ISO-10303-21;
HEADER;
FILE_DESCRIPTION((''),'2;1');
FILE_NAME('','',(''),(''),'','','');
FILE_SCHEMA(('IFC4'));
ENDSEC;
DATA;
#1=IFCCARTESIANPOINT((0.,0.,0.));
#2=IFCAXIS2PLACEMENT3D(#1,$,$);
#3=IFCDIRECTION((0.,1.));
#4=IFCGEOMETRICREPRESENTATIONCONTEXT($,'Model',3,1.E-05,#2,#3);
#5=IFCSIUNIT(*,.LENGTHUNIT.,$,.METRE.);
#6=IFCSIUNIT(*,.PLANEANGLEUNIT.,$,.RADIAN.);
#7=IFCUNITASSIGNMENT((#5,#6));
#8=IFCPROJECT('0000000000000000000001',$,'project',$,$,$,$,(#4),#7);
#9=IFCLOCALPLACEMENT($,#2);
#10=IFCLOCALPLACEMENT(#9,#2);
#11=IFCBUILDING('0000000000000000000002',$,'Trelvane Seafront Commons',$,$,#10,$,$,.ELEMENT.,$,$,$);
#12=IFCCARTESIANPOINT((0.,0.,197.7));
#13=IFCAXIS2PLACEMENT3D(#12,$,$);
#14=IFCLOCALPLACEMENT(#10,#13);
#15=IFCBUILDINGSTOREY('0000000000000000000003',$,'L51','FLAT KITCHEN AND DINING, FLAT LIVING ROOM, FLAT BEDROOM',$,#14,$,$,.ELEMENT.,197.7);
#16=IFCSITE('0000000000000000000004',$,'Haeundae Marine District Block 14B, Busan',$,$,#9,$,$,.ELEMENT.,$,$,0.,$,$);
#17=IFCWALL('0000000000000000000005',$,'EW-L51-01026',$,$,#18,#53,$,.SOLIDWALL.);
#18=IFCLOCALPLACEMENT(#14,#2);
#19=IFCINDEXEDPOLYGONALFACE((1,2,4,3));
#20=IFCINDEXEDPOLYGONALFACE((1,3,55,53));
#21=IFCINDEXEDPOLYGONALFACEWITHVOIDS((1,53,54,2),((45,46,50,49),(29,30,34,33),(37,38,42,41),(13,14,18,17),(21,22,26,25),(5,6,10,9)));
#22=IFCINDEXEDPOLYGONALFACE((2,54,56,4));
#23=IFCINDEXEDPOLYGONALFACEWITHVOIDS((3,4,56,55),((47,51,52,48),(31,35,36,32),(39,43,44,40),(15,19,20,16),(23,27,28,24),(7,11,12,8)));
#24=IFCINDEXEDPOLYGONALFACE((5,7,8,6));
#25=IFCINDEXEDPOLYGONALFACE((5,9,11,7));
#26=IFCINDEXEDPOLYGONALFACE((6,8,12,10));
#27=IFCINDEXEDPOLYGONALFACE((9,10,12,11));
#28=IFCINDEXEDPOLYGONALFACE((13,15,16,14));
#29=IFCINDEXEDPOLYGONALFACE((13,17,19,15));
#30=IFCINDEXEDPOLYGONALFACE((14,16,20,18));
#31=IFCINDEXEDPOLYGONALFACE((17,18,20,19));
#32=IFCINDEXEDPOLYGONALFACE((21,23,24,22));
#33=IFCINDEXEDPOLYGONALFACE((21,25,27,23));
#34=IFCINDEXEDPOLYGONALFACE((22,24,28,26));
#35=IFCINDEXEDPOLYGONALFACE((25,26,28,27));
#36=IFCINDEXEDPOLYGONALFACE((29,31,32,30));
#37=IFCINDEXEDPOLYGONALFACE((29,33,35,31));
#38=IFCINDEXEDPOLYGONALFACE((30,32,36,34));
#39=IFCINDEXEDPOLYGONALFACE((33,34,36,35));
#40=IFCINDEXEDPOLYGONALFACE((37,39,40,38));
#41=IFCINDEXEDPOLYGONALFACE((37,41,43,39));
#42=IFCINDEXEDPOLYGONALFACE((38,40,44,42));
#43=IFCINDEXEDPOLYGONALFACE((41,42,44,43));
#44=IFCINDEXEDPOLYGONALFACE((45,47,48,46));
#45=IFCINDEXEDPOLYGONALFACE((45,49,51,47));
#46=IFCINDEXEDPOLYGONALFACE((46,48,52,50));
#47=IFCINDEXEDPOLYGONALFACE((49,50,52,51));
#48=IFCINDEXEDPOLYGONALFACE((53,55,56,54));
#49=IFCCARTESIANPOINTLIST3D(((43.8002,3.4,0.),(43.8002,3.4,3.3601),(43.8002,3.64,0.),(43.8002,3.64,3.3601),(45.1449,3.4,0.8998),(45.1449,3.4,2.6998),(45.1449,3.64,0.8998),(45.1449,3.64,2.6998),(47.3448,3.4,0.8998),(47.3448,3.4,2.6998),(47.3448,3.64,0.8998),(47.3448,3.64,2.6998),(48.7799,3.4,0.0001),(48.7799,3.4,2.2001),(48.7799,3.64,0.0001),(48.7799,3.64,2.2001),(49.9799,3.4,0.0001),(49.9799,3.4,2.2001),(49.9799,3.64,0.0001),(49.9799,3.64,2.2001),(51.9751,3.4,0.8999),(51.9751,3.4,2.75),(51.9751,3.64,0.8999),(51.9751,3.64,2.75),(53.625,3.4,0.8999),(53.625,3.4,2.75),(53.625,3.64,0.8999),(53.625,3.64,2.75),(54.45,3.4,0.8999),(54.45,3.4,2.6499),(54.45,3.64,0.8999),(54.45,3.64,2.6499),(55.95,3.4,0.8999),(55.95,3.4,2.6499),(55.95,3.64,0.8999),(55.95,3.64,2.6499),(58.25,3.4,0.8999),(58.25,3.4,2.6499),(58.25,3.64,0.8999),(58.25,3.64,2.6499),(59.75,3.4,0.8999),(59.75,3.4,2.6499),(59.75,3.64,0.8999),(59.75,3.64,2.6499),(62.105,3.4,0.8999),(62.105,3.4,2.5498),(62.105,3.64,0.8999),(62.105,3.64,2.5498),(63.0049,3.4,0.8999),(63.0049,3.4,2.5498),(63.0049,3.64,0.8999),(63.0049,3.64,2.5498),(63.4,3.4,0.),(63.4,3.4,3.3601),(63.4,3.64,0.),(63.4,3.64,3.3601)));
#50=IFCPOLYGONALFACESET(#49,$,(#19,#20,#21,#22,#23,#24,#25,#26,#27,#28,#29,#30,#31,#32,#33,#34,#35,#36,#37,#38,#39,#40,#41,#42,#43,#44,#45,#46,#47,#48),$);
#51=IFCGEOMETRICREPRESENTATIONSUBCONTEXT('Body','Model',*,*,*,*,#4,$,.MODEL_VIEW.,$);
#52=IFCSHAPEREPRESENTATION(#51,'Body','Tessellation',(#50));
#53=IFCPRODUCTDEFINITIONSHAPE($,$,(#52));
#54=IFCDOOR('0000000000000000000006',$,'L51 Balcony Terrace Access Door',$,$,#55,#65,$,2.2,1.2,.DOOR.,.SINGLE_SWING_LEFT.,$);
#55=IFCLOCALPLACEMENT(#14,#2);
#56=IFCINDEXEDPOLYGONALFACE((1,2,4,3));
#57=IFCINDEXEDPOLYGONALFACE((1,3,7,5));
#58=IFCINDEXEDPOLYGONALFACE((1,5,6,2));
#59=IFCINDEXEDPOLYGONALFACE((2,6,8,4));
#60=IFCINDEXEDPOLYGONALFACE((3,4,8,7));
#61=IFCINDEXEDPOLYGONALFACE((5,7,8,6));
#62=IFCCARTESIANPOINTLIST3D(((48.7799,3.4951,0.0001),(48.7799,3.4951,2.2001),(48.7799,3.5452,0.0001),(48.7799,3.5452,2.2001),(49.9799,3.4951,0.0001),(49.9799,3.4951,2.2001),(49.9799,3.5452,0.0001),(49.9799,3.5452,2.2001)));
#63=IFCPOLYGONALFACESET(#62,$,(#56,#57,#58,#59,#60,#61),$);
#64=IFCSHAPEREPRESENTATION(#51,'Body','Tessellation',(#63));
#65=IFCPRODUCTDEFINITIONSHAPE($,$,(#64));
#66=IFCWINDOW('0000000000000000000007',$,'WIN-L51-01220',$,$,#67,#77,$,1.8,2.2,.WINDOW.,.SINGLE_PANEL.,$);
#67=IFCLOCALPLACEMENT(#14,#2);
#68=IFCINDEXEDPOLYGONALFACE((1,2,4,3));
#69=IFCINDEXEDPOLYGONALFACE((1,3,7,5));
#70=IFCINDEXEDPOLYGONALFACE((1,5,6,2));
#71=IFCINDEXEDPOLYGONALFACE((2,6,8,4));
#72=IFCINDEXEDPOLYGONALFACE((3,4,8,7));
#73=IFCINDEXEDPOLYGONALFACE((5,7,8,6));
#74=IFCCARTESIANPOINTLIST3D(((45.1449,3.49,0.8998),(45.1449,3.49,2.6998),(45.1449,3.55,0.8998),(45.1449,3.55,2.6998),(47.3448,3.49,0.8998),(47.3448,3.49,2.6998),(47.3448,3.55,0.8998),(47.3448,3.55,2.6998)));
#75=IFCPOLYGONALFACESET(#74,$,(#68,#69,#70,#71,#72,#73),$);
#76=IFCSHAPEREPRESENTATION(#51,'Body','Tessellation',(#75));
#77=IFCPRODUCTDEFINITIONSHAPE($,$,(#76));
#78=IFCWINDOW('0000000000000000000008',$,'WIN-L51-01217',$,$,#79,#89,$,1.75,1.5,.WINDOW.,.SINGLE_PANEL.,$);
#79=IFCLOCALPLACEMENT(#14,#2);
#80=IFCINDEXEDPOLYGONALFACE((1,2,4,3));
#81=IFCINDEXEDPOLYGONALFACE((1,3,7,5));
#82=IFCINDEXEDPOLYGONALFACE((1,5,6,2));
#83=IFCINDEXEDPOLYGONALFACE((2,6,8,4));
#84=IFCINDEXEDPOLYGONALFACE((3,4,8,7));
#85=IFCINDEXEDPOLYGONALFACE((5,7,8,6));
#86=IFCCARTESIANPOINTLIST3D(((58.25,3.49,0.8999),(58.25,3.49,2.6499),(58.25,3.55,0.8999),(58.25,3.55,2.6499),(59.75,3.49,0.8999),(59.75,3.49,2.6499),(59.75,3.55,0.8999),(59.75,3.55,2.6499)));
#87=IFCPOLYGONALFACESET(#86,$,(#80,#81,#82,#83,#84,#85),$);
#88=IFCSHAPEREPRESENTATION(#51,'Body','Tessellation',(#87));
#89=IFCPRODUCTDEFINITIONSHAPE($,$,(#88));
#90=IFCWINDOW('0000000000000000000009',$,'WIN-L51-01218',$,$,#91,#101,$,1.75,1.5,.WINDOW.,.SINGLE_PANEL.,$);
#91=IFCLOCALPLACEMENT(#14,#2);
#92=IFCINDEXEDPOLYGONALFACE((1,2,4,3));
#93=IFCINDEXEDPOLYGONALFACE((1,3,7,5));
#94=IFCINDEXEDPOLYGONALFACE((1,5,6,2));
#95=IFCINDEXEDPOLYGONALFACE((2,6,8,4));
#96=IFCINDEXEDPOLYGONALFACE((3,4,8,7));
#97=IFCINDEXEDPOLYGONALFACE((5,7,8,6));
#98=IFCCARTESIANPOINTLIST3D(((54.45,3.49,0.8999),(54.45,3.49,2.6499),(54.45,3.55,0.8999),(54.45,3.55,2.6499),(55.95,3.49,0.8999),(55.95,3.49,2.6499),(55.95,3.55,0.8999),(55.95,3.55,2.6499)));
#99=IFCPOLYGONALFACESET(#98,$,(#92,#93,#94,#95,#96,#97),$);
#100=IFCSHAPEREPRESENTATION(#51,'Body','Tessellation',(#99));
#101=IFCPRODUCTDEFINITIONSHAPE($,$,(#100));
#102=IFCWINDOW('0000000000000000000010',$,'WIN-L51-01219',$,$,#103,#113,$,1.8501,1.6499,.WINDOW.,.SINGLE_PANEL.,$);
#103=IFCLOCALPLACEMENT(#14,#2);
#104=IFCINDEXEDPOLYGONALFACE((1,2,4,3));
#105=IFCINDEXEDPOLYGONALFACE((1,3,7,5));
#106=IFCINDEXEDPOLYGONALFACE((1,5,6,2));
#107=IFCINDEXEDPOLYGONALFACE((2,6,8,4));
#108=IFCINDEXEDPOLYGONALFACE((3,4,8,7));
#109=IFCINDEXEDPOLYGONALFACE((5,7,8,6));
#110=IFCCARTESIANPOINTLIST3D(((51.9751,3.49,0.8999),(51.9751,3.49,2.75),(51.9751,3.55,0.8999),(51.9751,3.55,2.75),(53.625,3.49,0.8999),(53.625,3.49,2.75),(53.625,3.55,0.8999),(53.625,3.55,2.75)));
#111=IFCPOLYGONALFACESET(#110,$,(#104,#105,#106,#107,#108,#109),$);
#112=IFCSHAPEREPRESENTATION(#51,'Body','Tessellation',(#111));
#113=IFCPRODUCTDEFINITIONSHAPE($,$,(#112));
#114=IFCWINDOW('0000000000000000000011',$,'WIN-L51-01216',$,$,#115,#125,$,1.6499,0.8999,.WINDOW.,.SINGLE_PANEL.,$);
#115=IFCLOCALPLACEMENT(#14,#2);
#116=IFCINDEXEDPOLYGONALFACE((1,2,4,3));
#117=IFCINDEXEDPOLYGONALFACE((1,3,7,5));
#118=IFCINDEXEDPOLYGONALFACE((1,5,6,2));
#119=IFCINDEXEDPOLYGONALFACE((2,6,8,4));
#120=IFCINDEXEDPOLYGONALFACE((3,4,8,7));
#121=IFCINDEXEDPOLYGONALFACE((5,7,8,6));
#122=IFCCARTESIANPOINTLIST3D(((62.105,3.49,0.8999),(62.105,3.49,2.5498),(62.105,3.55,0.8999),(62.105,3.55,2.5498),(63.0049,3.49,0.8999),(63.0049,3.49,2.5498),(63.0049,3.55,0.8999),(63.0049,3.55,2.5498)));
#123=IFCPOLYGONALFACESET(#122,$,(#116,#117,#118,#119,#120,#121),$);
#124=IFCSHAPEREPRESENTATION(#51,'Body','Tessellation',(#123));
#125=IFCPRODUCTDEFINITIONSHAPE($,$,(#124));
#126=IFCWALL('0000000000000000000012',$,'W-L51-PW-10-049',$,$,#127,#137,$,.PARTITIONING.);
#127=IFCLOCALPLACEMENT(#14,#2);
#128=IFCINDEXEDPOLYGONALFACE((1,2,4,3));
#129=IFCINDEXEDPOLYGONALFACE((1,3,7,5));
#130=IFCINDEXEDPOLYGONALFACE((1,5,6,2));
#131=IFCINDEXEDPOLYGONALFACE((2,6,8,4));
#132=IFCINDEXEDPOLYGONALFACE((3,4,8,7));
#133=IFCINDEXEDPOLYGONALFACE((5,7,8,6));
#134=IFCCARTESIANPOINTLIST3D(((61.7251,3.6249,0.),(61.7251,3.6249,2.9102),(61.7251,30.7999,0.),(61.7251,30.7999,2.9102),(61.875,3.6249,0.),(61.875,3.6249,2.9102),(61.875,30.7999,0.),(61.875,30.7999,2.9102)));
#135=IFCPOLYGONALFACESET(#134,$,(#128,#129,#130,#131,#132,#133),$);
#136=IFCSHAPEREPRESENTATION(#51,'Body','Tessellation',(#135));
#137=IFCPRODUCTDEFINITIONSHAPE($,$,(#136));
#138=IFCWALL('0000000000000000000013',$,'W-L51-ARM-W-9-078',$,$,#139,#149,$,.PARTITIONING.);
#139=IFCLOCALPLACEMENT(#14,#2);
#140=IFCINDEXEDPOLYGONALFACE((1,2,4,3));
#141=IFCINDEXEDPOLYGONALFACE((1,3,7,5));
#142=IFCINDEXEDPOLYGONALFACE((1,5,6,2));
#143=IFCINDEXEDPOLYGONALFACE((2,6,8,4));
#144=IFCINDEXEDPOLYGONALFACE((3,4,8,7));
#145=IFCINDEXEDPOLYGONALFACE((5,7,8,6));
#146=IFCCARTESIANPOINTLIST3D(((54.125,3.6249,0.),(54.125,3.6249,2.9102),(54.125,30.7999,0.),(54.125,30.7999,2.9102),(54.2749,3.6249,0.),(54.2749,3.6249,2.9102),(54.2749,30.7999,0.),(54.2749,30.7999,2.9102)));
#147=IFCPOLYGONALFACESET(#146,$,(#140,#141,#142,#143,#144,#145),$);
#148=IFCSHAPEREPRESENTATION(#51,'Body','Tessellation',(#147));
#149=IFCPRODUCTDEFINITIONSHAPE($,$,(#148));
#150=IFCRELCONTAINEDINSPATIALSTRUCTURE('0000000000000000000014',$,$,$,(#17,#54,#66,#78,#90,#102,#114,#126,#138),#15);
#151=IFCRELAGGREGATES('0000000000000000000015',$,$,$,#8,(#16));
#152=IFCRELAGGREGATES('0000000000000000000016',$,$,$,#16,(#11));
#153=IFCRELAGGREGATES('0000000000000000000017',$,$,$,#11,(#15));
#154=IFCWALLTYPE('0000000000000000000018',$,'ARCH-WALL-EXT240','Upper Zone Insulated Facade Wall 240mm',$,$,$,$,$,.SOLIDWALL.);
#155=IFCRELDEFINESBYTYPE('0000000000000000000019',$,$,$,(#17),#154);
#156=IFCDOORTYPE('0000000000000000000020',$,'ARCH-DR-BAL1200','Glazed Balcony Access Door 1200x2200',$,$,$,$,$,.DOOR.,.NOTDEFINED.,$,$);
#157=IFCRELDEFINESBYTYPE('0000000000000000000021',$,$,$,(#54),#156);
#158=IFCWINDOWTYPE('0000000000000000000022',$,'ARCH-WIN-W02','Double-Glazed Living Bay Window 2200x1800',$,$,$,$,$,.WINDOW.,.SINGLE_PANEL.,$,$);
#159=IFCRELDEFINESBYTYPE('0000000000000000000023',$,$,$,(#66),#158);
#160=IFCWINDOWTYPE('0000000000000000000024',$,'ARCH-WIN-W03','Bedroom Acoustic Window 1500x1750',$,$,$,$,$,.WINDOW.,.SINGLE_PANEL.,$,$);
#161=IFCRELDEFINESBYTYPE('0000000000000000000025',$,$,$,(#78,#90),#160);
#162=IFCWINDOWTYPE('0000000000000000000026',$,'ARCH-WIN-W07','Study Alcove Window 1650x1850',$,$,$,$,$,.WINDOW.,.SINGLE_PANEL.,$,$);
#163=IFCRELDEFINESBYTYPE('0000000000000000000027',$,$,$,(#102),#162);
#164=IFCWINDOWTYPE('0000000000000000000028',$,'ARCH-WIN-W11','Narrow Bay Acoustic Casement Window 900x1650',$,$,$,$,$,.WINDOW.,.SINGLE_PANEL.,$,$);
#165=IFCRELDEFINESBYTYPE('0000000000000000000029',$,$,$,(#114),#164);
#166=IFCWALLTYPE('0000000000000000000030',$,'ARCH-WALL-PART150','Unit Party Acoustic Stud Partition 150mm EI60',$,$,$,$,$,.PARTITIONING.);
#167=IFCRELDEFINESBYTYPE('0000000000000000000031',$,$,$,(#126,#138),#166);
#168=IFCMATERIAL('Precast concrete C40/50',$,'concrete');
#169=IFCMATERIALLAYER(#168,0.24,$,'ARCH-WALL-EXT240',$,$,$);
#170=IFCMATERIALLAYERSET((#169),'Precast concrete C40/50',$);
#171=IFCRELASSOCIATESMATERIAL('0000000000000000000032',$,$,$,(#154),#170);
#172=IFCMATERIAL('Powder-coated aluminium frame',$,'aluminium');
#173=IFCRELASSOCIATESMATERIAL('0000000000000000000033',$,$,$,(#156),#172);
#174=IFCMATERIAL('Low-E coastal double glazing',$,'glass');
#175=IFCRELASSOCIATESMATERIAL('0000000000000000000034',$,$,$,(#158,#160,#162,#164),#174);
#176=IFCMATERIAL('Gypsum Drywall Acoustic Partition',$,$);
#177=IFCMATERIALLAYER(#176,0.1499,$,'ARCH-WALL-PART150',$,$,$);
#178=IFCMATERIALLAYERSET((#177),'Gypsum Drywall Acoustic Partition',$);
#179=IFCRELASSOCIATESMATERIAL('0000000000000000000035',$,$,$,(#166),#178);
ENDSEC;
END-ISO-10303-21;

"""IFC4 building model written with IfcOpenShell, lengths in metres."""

from ifc_helpers import new_model, si_unit, direction, frame, frame_2d, origin, place, context, subcontext, project, spatial, rectangle, extrude, source, transform, mapped, material, layer, layer_set, type_object, element, fill, save


model = new_model("IFC4")

# Units and contexts
model_context = context("Model", 3, precision=1e-05, world=origin(), true_north=direction((0.0, 1.0)))
body_context = subcontext(model_context, "Body", "Model", "MODEL_VIEW")
ifc_project = project(units=[si_unit("LENGTHUNIT", "METRE"), si_unit("PLANEANGLEUNIT", "RADIAN")], contexts=[model_context])

# Site, building, storey
site_placement = place(None, origin())
site = spatial("IfcSite", under=ifc_project, at=site_placement, Name="Haeundae Marine District Block 14B, Busan", CompositionType="ELEMENT", RefElevation=0.0)
building_placement = place(site_placement, origin())
building = spatial("IfcBuilding", under=site, at=building_placement, Name="Trelvane Seafront Commons", CompositionType="ELEMENT")
storey_placement = place(building_placement, frame((0.0, 0.0, 197.7)))
storey = spatial("IfcBuildingStorey", under=building, at=storey_placement, Name="L51", Description="FLAT KITCHEN AND DINING, FLAT LIVING ROOM, FLAT BEDROOM", CompositionType="ELEMENT", Elevation=197.7)

# Shared definitions
ifc_material_1 = material(Name="Precast concrete C40/50", Category="concrete")
ifc_layer_1 = layer(ifc_material_1, 0.24, Name="ARCH-WALL-EXT240")
ifc_layer_set_1 = layer_set([ifc_layer_1], Name="Precast concrete C40/50")
wall_type_1 = type_object("IfcWallType", Name="ARCH-WALL-EXT240", Description="Upper Zone Insulated Facade Wall 240mm", PredefinedType="SOLIDWALL", material=ifc_layer_set_1)

# Wall, openings, door, windows
wall_1_placement = place(storey_placement, frame((63.3999, 3.52, 0.0), z_axis=(0.0, 0.0, 1.0), x_axis=(-1.0, 0.0, 0.0)))
wall_1 = element("IfcWall", 1, at=wall_1_placement, inside=storey, type_object=wall_type_1, Name="EW-L51-01026", PredefinedType="SOLIDWALL", context=body_context, shape_type="SweptSolid", body=[
    extrude(rectangle(XDim=19.5999, YDim=0.24, at=frame_2d((9.7998, 0.0))), origin(), (0.0, 0.0, 1.0), 3.3601),
])
opening_1_placement = place(wall_1_placement, frame((0.395, 0.0, 0.8999)))
opening_1 = element("IfcOpeningElement", 2, at=opening_1_placement, cuts=wall_1, PredefinedType="OPENING", context=body_context, shape_type="SweptSolid", body=[
    extrude(rectangle(XDim=0.8999, YDim=1.6499, at=frame_2d((0.45, 0.825))), frame((0.0, 0.1299, 0.0), z_axis=(0.0, -1.0, 0.0), x_axis=(1.0, 0.0, 0.0)), (0.0, 0.0, 1.0), 0.26),
])
opening_2_placement = place(wall_1_placement, frame((3.6499, 0.0, 0.8999)))
opening_2 = element("IfcOpeningElement", 3, at=opening_2_placement, cuts=wall_1, PredefinedType="OPENING", context=body_context, shape_type="SweptSolid", body=[
    extrude(rectangle(XDim=1.5, YDim=1.75, at=frame_2d((0.75, 0.875))), frame((0.0, 0.1299, 0.0), z_axis=(0.0, -1.0, 0.0), x_axis=(1.0, 0.0, 0.0)), (0.0, 0.0, 1.0), 0.26),
])
opening_3_placement = place(wall_1_placement, frame((7.45, 0.0, 0.8999)))
opening_3 = element("IfcOpeningElement", 4, at=opening_3_placement, cuts=wall_1, PredefinedType="OPENING", context=body_context, shape_type="SweptSolid", body=[
    extrude(rectangle(XDim=1.5, YDim=1.75, at=frame_2d((0.75, 0.875))), frame((0.0, 0.1299, 0.0), z_axis=(0.0, -1.0, 0.0), x_axis=(1.0, 0.0, 0.0)), (0.0, 0.0, 1.0), 0.26),
])
opening_4_placement = place(wall_1_placement, frame((9.7749, 0.0, 0.8999)))
opening_4 = element("IfcOpeningElement", 5, at=opening_4_placement, cuts=wall_1, PredefinedType="OPENING", context=body_context, shape_type="SweptSolid", body=[
    extrude(rectangle(XDim=1.6499, YDim=1.8501, at=frame_2d((0.825, 0.925))), frame((0.0, 0.1299, 0.0), z_axis=(0.0, -1.0, 0.0), x_axis=(1.0, 0.0, 0.0)), (0.0, 0.0, 1.0), 0.26),
])
opening_5_placement = place(wall_1_placement, frame((13.4199, 0.0, 0.0)))
opening_5 = element("IfcOpeningElement", 6, at=opening_5_placement, cuts=wall_1, PredefinedType="OPENING", context=body_context, shape_type="SweptSolid", body=[
    extrude(rectangle(XDim=1.2, YDim=2.2, at=frame_2d((0.6001, 1.1001))), frame((0.0, 0.1299, 0.0), z_axis=(0.0, -1.0, 0.0), x_axis=(1.0, 0.0, 0.0)), (0.0, 0.0, 1.0), 0.26),
])
opening_6_placement = place(wall_1_placement, frame((16.0549, 0.0, 0.8999)))
opening_6 = element("IfcOpeningElement", 7, at=opening_6_placement, cuts=wall_1, PredefinedType="OPENING", context=body_context, shape_type="SweptSolid", body=[
    extrude(rectangle(XDim=2.2, YDim=1.8, at=frame_2d((1.1001, 0.8999))), frame((0.0, 0.1299, 0.0), z_axis=(0.0, -1.0, 0.0), x_axis=(1.0, 0.0, 0.0)), (0.0, 0.0, 1.0), 0.26),
])
ifc_material_2 = material(Name="Powder-coated aluminium frame", Category="aluminium")
door_type = type_object("IfcDoorType", Name="ARCH-DR-BAL1200", Description="Glazed Balcony Access Door 1200x2200", OperationType="NOTDEFINED", PredefinedType="DOOR", material=ifc_material_2)
shared_shape_1 = source(origin(), body_context, "Body", "SweptSolid", [
    extrude(rectangle(XDim=1.2, YDim=2.2, at=frame_2d((0.6001, 1.1001))), frame((0.0, 0.0249, 0.0), z_axis=(0.0, -1.0, 0.0), x_axis=(1.0, 0.0, 0.0)), (0.0, 0.0, 1.0), 0.05),
])
door_placement = place(opening_5_placement, origin())
door = element("IfcDoor", 8, at=door_placement, inside=storey, type_object=door_type, Name="L51 Balcony Terrace Access Door", OperationType="SINGLE_SWING_LEFT", OverallHeight=2.2, OverallWidth=1.2, PredefinedType="DOOR", context=body_context, shape_type="MappedRepresentation", body=[
    mapped(shared_shape_1, transform((0.0, 0.0, 0.0), x_axis=(1.0, 0.0, 0.0), y_axis=(0.0, 1.0, 0.0), z_axis=(0.0, 0.0, 1.0), scale=1.0)),
])
fill(opening_5, door)
ifc_material_3 = material(Name="Low-E coastal double glazing", Category="glass")
window_type_1 = type_object("IfcWindowType", Name="ARCH-WIN-W02", Description="Double-Glazed Living Bay Window 2200x1800", PartitioningType="SINGLE_PANEL", PredefinedType="WINDOW", material=ifc_material_3)
shared_shape_2 = source(origin(), body_context, "Body", "SweptSolid", [
    extrude(rectangle(XDim=2.2, YDim=1.8, at=frame_2d((1.1001, 0.8999))), frame((0.0, 0.03, 0.0), z_axis=(0.0, -1.0, 0.0), x_axis=(1.0, 0.0, 0.0)), (0.0, 0.0, 1.0), 0.0601),
])
window_1_placement = place(opening_6_placement, origin())
window_1 = element("IfcWindow", 9, at=window_1_placement, inside=storey, type_object=window_type_1, Name="WIN-L51-01220", OverallHeight=1.8, OverallWidth=2.2, PartitioningType="SINGLE_PANEL", PredefinedType="WINDOW", context=body_context, shape_type="MappedRepresentation", body=[
    mapped(shared_shape_2, transform((0.0, 0.0, 0.0), x_axis=(1.0, 0.0, 0.0), y_axis=(0.0, 1.0, 0.0), z_axis=(0.0, 0.0, 1.0), scale=1.0)),
])
fill(opening_6, window_1)
window_type_2 = type_object("IfcWindowType", Name="ARCH-WIN-W03", Description="Bedroom Acoustic Window 1500x1750", PartitioningType="SINGLE_PANEL", PredefinedType="WINDOW", material=ifc_material_3)
shared_shape_3 = source(origin(), body_context, "Body", "SweptSolid", [
    extrude(rectangle(XDim=1.5, YDim=1.75, at=frame_2d((0.75, 0.875))), frame((0.0, 0.03, 0.0), z_axis=(0.0, -1.0, 0.0), x_axis=(1.0, 0.0, 0.0)), (0.0, 0.0, 1.0), 0.0601),
])
window_2_placement = place(opening_2_placement, origin())
window_2 = element("IfcWindow", 10, at=window_2_placement, inside=storey, type_object=window_type_2, Name="WIN-L51-01217", OverallHeight=1.75, OverallWidth=1.5, PartitioningType="SINGLE_PANEL", PredefinedType="WINDOW", context=body_context, shape_type="MappedRepresentation", body=[
    mapped(shared_shape_3, transform((0.0, 0.0, 0.0), x_axis=(1.0, 0.0, 0.0), y_axis=(0.0, 1.0, 0.0), z_axis=(0.0, 0.0, 1.0), scale=1.0)),
])
fill(opening_2, window_2)
window_3_placement = place(opening_3_placement, origin())
window_3 = element("IfcWindow", 11, at=window_3_placement, inside=storey, type_object=window_type_2, Name="WIN-L51-01218", OverallHeight=1.75, OverallWidth=1.5, PartitioningType="SINGLE_PANEL", PredefinedType="WINDOW", context=body_context, shape_type="MappedRepresentation", body=[
    mapped(shared_shape_3, transform((0.0, 0.0, 0.0), x_axis=(1.0, 0.0, 0.0), y_axis=(0.0, 1.0, 0.0), z_axis=(0.0, 0.0, 1.0), scale=1.0)),
])
fill(opening_3, window_3)
window_type_3 = type_object("IfcWindowType", Name="ARCH-WIN-W07", Description="Study Alcove Window 1650x1850", PartitioningType="SINGLE_PANEL", PredefinedType="WINDOW", material=ifc_material_3)
shared_shape_4 = source(origin(), body_context, "Body", "SweptSolid", [
    extrude(rectangle(XDim=1.6499, YDim=1.8501, at=frame_2d((0.825, 0.925))), frame((0.0, 0.03, 0.0), z_axis=(0.0, -1.0, 0.0), x_axis=(1.0, 0.0, 0.0)), (0.0, 0.0, 1.0), 0.0601),
])
window_4_placement = place(opening_4_placement, origin())
window_4 = element("IfcWindow", 12, at=window_4_placement, inside=storey, type_object=window_type_3, Name="WIN-L51-01219", OverallHeight=1.8501, OverallWidth=1.6499, PartitioningType="SINGLE_PANEL", PredefinedType="WINDOW", context=body_context, shape_type="MappedRepresentation", body=[
    mapped(shared_shape_4, transform((0.0, 0.0, 0.0), x_axis=(1.0, 0.0, 0.0), y_axis=(0.0, 1.0, 0.0), z_axis=(0.0, 0.0, 1.0), scale=1.0)),
])
fill(opening_4, window_4)
window_type_4 = type_object("IfcWindowType", Name="ARCH-WIN-W11", Description="Narrow Bay Acoustic Casement Window 900x1650", PartitioningType="SINGLE_PANEL", PredefinedType="WINDOW", material=ifc_material_3)
shared_shape_5 = source(origin(), body_context, "Body", "SweptSolid", [
    extrude(rectangle(XDim=0.8999, YDim=1.6499, at=frame_2d((0.45, 0.825))), frame((0.0, 0.03, 0.0), z_axis=(0.0, -1.0, 0.0), x_axis=(1.0, 0.0, 0.0)), (0.0, 0.0, 1.0), 0.0601),
])
window_5_placement = place(opening_1_placement, origin())
window_5 = element("IfcWindow", 13, at=window_5_placement, inside=storey, type_object=window_type_4, Name="WIN-L51-01216", OverallHeight=1.6499, OverallWidth=0.8999, PartitioningType="SINGLE_PANEL", PredefinedType="WINDOW", context=body_context, shape_type="MappedRepresentation", body=[
    mapped(shared_shape_5, transform((0.0, 0.0, 0.0), x_axis=(1.0, 0.0, 0.0), y_axis=(0.0, 1.0, 0.0), z_axis=(0.0, 0.0, 1.0), scale=1.0)),
])
fill(opening_1, window_5)

# Walls
ifc_material_4 = material(Name="Gypsum Drywall Acoustic Partition")
ifc_layer_2 = layer(ifc_material_4, 0.1499, Name="ARCH-WALL-PART150")
ifc_layer_set_2 = layer_set([ifc_layer_2], Name="Gypsum Drywall Acoustic Partition")
wall_type_2 = type_object("IfcWallType", Name="ARCH-WALL-PART150", Description="Unit Party Acoustic Stud Partition 150mm EI60", PredefinedType="PARTITIONING", material=ifc_layer_set_2)
for number, where, z_axis, x_axis, name in (
    (14, (61.8, 3.625, 0.0), (0.0, 0.0, 1.0), (0.0, 1.0, 0.0), "W-L51-PW-10-049"),
    (15, (54.2, 3.625, 0.0), (0.0, 0.0, 1.0), (0.0, 1.0, 0.0), "W-L51-ARM-W-9-078"),
):
    element("IfcWall", number, at=place(storey_placement, frame(where, z_axis=z_axis, x_axis=x_axis)), inside=storey, type_object=wall_type_2, Name=name, PredefinedType="PARTITIONING", context=body_context, shape_type="SweptSolid", body=[
        extrude(rectangle(XDim=27.175, YDim=0.1499, at=frame_2d((13.5874, 0.0))), origin(), (0.0, 0.0, 1.0), 2.9102),
    ])

save(model, "model.ifc")
